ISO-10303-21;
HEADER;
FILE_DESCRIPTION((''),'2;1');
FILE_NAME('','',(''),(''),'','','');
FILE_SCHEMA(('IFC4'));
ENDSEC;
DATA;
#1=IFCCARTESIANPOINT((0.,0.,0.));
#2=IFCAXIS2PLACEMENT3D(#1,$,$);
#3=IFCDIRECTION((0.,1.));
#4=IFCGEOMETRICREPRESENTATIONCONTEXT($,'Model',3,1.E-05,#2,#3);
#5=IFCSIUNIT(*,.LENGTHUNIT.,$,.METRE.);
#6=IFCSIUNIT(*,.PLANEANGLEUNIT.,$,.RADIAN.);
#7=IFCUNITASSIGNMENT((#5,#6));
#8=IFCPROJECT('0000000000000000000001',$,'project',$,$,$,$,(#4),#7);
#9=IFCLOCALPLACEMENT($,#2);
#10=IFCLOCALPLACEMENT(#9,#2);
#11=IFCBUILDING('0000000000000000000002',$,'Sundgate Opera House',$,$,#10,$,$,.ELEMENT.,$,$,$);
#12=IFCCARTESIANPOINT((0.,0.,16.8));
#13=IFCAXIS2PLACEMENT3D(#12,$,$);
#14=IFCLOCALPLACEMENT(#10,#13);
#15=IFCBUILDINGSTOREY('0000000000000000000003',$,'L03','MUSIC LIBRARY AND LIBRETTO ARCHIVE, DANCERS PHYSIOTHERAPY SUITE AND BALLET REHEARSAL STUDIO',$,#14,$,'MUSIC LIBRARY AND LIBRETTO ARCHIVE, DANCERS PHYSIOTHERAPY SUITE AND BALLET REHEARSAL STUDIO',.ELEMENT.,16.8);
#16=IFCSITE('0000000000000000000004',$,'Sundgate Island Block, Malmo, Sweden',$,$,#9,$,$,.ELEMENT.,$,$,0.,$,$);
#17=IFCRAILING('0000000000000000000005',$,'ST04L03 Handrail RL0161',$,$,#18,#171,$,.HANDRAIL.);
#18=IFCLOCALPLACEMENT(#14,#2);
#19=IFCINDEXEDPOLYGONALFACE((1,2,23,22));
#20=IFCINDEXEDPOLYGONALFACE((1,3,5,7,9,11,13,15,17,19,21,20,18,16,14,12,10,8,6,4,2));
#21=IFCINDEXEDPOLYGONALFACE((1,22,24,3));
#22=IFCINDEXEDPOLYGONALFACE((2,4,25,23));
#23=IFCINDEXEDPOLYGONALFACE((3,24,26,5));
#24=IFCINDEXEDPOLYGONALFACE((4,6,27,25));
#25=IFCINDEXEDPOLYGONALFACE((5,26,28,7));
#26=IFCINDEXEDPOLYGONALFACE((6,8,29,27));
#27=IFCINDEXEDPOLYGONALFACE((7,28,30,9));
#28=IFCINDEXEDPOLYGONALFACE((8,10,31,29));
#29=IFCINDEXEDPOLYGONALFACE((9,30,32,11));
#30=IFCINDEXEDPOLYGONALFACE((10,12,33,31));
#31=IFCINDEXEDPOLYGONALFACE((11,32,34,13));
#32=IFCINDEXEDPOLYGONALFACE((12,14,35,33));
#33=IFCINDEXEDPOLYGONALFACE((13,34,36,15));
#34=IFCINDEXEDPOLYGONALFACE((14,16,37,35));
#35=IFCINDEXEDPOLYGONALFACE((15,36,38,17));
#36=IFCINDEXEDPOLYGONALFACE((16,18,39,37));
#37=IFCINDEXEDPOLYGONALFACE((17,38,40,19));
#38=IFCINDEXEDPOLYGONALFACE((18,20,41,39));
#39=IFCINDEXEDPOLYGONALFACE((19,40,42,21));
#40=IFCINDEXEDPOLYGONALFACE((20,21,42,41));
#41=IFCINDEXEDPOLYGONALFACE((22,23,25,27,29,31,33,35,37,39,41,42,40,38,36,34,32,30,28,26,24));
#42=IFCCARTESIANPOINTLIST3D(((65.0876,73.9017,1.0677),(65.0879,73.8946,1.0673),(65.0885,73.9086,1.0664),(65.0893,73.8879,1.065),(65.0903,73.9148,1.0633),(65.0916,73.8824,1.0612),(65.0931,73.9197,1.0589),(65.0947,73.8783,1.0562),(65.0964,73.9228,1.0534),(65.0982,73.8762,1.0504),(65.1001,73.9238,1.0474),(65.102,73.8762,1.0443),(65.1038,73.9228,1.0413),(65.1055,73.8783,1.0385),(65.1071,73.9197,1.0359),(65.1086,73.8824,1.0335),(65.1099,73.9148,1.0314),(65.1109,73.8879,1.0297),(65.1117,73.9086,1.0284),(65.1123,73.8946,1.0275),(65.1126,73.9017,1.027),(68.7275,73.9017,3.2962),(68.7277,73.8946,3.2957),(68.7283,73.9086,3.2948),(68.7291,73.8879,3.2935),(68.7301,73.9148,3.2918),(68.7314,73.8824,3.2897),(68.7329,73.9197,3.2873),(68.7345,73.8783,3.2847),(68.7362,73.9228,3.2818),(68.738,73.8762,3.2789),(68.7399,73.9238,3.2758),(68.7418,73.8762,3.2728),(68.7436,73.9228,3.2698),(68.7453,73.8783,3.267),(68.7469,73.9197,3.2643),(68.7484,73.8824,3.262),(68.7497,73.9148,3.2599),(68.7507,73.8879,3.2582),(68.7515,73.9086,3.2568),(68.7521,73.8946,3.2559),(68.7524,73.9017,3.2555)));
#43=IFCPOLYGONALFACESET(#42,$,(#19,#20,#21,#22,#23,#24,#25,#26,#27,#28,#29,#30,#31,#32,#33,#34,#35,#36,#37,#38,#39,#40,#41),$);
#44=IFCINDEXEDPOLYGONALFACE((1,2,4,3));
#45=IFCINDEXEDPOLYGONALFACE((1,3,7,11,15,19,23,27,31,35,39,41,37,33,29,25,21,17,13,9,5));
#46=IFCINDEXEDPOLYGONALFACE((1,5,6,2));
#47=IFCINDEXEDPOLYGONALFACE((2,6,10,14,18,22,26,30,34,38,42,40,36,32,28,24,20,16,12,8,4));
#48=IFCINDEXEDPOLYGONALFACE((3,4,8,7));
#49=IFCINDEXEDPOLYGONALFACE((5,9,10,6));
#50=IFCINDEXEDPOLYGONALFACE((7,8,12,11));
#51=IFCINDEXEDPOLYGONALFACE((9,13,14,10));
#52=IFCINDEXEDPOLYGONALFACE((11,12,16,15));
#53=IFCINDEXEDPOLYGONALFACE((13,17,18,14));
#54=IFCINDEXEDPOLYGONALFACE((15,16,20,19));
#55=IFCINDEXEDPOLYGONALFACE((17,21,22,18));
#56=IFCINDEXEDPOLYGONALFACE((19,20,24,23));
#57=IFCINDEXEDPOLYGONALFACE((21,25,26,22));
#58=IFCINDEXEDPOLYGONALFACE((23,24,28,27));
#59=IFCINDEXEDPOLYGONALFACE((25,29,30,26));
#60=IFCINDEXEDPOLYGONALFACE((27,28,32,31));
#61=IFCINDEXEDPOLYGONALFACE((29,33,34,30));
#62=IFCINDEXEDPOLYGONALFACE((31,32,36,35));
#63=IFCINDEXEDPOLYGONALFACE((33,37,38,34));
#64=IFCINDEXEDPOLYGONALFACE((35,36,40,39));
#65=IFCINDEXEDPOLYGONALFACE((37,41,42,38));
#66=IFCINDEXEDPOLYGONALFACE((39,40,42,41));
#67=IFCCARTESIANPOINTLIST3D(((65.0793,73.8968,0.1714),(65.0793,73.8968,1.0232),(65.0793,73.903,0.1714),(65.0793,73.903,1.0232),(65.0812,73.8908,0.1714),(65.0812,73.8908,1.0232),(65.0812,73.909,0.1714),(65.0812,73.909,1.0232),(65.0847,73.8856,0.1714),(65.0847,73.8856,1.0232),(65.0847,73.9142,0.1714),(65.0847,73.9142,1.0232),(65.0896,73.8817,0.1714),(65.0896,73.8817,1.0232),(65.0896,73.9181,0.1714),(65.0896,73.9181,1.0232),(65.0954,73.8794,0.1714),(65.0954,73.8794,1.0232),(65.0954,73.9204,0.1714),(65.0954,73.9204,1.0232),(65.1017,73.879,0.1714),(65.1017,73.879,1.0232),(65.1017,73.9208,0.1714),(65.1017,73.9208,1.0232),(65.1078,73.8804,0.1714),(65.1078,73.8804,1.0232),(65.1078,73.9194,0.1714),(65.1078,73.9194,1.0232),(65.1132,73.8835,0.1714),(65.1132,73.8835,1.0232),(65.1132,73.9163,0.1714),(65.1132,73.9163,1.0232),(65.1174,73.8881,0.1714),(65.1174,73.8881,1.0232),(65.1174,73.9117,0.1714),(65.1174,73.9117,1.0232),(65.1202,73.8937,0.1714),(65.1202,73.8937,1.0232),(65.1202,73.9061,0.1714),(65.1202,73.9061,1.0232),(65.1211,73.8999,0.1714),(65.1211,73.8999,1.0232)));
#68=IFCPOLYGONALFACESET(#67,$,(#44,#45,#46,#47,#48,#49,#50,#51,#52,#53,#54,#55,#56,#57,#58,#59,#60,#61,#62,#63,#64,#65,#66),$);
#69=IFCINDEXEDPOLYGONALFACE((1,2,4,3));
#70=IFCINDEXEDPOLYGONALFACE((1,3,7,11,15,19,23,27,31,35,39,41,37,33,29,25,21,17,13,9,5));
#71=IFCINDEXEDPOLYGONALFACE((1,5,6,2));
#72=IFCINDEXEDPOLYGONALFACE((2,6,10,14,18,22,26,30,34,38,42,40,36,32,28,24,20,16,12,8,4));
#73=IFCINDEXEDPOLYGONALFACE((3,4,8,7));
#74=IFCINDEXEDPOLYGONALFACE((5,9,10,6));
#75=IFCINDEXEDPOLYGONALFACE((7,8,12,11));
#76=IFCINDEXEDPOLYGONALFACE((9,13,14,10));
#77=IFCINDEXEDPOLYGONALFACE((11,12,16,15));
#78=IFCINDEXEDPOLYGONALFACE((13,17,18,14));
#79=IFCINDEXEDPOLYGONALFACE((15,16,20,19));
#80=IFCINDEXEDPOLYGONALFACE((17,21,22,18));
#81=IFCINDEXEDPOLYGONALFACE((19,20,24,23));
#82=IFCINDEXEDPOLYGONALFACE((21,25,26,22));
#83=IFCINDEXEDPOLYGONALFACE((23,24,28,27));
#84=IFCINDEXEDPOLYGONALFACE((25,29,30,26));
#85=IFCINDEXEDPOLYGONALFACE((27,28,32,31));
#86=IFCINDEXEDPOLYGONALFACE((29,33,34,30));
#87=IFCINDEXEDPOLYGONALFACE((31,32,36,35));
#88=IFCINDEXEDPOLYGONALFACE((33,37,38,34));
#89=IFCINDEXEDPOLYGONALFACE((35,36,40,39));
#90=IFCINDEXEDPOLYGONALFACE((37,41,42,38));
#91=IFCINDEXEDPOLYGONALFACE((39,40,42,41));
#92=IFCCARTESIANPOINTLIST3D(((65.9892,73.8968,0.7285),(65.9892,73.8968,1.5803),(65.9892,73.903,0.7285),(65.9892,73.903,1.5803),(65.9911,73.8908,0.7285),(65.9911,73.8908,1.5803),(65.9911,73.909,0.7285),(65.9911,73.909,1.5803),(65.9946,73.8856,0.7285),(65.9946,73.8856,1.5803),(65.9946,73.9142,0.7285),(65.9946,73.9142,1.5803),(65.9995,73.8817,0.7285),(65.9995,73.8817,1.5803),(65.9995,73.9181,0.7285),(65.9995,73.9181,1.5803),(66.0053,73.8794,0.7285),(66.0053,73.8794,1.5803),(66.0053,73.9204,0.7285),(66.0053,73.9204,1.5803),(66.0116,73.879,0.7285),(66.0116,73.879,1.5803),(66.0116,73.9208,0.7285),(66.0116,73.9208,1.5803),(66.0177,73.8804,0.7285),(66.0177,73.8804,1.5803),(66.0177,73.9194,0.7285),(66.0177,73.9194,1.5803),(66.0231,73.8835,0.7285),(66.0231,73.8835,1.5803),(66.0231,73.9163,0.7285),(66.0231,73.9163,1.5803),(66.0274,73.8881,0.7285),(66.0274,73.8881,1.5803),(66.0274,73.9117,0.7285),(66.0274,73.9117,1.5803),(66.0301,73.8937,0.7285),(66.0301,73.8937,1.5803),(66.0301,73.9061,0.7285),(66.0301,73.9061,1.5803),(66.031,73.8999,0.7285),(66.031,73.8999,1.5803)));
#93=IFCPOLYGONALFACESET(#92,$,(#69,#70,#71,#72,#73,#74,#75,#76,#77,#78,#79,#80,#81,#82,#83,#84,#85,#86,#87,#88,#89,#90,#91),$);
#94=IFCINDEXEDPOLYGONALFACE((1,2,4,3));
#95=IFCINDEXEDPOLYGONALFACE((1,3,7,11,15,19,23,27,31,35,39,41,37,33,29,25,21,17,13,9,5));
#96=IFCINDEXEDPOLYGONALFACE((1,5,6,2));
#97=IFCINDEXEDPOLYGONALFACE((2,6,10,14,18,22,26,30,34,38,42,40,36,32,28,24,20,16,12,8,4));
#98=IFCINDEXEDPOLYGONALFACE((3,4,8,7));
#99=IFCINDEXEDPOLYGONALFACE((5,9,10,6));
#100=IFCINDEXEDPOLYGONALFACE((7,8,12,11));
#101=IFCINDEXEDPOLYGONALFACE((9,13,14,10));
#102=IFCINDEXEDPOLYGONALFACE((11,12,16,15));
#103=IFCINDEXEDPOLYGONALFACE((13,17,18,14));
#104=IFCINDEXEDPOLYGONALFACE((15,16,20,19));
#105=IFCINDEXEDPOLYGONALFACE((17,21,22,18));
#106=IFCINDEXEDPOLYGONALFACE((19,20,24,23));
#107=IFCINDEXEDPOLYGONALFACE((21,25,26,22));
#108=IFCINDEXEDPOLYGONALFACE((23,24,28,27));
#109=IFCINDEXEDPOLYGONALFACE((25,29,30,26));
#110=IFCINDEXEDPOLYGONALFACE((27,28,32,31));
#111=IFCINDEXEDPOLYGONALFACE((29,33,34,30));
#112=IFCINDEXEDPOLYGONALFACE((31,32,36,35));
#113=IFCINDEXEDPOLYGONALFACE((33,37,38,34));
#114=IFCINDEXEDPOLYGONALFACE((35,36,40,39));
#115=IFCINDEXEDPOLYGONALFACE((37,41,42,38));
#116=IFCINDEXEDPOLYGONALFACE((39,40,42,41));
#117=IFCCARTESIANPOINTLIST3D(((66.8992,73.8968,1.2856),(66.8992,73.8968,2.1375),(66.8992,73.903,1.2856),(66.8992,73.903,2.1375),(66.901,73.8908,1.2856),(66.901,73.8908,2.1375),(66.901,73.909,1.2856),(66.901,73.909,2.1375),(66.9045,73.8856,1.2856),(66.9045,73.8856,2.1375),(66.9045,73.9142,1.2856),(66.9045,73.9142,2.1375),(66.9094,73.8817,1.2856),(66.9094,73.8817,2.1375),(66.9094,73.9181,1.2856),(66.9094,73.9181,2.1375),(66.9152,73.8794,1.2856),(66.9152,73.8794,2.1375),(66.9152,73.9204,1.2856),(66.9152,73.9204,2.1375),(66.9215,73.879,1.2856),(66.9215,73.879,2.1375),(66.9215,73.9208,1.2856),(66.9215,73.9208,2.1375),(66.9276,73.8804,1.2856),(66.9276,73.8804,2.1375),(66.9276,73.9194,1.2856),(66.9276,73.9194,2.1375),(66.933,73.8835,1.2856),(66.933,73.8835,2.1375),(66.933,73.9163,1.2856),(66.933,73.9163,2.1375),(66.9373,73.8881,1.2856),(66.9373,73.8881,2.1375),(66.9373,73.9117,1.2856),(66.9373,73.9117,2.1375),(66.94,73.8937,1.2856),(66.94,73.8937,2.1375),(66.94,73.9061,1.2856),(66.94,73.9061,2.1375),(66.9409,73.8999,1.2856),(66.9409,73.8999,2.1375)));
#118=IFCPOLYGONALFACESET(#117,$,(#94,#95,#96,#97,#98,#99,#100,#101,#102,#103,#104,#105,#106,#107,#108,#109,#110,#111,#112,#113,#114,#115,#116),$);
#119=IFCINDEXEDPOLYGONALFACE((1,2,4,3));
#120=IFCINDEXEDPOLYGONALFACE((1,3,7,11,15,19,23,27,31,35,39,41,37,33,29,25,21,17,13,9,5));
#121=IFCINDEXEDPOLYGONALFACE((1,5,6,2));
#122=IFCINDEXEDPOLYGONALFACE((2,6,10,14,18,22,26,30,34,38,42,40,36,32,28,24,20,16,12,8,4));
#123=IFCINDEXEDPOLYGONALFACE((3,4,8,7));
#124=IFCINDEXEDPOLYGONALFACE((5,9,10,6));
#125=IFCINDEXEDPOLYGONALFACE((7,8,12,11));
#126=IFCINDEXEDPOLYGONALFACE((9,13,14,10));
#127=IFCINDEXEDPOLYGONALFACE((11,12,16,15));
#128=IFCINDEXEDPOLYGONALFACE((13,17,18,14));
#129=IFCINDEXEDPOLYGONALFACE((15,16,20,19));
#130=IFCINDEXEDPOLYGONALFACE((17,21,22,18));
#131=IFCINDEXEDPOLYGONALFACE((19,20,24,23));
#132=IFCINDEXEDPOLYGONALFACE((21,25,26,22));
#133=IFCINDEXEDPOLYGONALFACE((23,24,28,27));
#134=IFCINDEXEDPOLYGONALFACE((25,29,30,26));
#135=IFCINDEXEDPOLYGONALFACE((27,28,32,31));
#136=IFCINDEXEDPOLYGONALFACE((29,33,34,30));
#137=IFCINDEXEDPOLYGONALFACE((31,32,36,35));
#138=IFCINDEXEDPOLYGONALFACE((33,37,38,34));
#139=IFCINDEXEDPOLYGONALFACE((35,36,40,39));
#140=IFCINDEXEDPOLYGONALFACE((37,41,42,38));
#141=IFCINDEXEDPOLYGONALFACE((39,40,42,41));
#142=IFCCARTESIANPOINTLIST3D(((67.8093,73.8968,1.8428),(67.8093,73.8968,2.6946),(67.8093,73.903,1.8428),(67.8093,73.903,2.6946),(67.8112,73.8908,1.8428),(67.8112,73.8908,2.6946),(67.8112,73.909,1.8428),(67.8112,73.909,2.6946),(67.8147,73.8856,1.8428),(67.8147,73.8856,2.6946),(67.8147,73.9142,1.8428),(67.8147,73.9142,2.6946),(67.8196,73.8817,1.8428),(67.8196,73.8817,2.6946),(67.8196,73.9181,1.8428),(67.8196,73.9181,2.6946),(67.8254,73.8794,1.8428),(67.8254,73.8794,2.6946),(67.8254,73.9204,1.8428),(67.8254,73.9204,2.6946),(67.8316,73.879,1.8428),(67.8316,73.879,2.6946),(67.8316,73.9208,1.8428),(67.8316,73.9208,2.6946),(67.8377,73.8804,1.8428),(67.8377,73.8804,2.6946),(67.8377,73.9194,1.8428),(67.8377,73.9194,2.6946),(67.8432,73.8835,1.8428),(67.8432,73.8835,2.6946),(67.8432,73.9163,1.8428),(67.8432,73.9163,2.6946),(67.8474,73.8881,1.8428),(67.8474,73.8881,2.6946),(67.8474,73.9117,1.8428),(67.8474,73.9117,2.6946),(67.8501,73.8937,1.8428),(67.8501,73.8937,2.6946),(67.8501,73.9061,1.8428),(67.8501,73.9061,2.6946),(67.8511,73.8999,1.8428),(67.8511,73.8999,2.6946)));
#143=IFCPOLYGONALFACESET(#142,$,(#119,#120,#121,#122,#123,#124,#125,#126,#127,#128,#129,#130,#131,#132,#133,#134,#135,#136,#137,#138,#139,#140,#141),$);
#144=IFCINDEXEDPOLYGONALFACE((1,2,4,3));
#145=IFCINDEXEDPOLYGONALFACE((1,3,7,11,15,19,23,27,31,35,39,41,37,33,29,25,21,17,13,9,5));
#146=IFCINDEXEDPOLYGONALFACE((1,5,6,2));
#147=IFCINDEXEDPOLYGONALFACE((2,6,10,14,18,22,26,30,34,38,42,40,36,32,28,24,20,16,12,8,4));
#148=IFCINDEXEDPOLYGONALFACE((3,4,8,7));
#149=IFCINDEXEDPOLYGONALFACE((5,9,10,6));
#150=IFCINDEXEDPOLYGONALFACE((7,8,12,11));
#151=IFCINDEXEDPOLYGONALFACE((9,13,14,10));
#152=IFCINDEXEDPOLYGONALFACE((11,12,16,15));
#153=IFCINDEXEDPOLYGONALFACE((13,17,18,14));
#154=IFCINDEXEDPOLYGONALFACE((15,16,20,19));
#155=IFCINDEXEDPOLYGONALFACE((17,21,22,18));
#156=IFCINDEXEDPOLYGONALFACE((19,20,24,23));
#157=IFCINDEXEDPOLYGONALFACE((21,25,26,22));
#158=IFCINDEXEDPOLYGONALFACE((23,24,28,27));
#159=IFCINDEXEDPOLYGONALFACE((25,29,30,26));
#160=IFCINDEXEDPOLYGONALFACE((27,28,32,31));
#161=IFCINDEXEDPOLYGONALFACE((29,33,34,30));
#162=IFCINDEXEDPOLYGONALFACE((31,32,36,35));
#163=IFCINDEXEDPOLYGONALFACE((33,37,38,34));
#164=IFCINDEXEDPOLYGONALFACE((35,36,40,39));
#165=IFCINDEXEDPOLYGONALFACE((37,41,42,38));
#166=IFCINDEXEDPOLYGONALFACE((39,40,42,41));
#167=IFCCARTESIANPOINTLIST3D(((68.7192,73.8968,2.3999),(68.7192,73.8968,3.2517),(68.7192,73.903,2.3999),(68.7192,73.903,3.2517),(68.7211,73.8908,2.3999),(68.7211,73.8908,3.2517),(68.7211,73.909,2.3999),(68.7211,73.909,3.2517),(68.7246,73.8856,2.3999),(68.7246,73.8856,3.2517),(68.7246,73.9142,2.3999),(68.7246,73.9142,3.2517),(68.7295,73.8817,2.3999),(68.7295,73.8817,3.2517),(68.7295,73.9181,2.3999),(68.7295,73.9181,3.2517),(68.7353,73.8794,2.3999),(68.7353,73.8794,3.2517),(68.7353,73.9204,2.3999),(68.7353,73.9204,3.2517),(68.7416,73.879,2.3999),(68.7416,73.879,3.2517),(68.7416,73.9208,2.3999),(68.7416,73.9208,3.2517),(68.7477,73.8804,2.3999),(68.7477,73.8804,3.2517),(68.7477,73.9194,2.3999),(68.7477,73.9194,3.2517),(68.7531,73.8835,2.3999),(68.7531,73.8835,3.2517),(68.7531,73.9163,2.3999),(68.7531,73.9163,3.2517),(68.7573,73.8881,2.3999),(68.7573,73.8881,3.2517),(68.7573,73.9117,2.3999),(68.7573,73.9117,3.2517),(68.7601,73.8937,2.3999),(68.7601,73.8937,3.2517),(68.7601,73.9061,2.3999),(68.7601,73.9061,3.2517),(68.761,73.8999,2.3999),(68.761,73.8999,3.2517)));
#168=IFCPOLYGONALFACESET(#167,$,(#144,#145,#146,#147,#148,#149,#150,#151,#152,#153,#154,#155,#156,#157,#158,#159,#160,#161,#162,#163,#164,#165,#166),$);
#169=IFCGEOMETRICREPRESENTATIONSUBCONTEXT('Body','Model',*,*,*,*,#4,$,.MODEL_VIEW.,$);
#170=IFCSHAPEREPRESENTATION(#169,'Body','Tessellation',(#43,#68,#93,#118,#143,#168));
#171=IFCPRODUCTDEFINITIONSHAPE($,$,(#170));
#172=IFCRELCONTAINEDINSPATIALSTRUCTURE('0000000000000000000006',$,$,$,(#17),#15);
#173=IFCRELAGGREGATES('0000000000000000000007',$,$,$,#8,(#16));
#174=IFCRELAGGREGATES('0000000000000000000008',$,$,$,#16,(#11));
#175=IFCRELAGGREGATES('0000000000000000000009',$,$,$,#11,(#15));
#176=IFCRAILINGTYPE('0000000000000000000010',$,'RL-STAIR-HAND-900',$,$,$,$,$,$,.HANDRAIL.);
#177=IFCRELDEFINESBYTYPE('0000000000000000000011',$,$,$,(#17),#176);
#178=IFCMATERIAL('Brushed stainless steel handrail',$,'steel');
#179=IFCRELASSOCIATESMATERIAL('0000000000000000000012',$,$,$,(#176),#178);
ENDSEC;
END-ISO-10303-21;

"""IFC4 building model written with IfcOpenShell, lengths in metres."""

from ifc_helpers import new_model, si_unit, direction, frame, origin, origin_2d, place, context, subcontext, project, spatial, circle, extrude, material, type_object, element, save


model = new_model("IFC4")

# Units and contexts
model_context = context("Model", 3, precision=1e-05, world=origin(), true_north=direction((0.0, 1.0)))
body_context = subcontext(model_context, "Body", "Model", "MODEL_VIEW")
ifc_project = project(units=[si_unit("LENGTHUNIT", "METRE"), si_unit("PLANEANGLEUNIT", "RADIAN")], contexts=[model_context])

# Site, building, storey
site_placement = place(None, origin())
site = spatial("IfcSite", under=ifc_project, at=site_placement, Name="Sundgate Island Block, Malmo, Sweden", CompositionType="ELEMENT", RefElevation=0.0)
building_placement = place(site_placement, origin())
building = spatial("IfcBuilding", under=site, at=building_placement, Name="Sundgate Opera House", CompositionType="ELEMENT")
storey_placement = place(building_placement, frame((0.0, 0.0, 16.8)))
storey = spatial("IfcBuildingStorey", under=building, at=storey_placement, Name="L03", Description="MUSIC LIBRARY AND LIBRETTO ARCHIVE, DANCERS PHYSIOTHERAPY SUITE AND BALLET REHEARSAL STUDIO", LongName="MUSIC LIBRARY AND LIBRETTO ARCHIVE, DANCERS PHYSIOTHERAPY SUITE AND BALLET REHEARSAL STUDIO", CompositionType="ELEMENT", Elevation=16.8)

# Railing
ifc_material_1 = material(Name="Brushed stainless steel handrail", Category="steel")
railing_type_1 = type_object("IfcRailingType", Name="RL-STAIR-HAND-900", PredefinedType="HANDRAIL", material=ifc_material_1)
railing_1_placement = place(storey_placement, frame((65.1001, 73.8999, 0.1714)))
element("IfcRailing", 1, at=railing_1_placement, inside=storey, type_object=railing_type_1, Name="ST04L03 Handrail RL0161", PredefinedType="HANDRAIL", context=body_context, shape_type="SweptSolid", body=[
    extrude(circle(Radius=0.0239, at=origin_2d()), frame((0.0, 0.0, 0.876), z_axis=(0.85285, 0.0, 0.522156), x_axis=(0.0, 1.0, 0.0)), (0.0, 0.0, 1.0), 4.2678),
    extrude(circle(Radius=0.021, at=origin_2d()), origin(), (0.0, 0.0, 1.0), 0.8518),
    extrude(circle(Radius=0.021, at=origin_2d()), frame((0.9099, 0.0, 0.5571)), (0.0, 0.0, 1.0), 0.8518),
    extrude(circle(Radius=0.021, at=origin_2d()), frame((1.8198, 0.0, 1.1143)), (0.0, 0.0, 1.0), 0.8518),
    extrude(circle(Radius=0.021, at=origin_2d()), frame((2.73, 0.0, 1.6714)), (0.0, 0.0, 1.0), 0.8518),
    extrude(circle(Radius=0.021, at=origin_2d()), frame((3.6399, 0.0, 2.2285)), (0.0, 0.0, 1.0), 0.8518),
])

save(model, "model.ifc")
